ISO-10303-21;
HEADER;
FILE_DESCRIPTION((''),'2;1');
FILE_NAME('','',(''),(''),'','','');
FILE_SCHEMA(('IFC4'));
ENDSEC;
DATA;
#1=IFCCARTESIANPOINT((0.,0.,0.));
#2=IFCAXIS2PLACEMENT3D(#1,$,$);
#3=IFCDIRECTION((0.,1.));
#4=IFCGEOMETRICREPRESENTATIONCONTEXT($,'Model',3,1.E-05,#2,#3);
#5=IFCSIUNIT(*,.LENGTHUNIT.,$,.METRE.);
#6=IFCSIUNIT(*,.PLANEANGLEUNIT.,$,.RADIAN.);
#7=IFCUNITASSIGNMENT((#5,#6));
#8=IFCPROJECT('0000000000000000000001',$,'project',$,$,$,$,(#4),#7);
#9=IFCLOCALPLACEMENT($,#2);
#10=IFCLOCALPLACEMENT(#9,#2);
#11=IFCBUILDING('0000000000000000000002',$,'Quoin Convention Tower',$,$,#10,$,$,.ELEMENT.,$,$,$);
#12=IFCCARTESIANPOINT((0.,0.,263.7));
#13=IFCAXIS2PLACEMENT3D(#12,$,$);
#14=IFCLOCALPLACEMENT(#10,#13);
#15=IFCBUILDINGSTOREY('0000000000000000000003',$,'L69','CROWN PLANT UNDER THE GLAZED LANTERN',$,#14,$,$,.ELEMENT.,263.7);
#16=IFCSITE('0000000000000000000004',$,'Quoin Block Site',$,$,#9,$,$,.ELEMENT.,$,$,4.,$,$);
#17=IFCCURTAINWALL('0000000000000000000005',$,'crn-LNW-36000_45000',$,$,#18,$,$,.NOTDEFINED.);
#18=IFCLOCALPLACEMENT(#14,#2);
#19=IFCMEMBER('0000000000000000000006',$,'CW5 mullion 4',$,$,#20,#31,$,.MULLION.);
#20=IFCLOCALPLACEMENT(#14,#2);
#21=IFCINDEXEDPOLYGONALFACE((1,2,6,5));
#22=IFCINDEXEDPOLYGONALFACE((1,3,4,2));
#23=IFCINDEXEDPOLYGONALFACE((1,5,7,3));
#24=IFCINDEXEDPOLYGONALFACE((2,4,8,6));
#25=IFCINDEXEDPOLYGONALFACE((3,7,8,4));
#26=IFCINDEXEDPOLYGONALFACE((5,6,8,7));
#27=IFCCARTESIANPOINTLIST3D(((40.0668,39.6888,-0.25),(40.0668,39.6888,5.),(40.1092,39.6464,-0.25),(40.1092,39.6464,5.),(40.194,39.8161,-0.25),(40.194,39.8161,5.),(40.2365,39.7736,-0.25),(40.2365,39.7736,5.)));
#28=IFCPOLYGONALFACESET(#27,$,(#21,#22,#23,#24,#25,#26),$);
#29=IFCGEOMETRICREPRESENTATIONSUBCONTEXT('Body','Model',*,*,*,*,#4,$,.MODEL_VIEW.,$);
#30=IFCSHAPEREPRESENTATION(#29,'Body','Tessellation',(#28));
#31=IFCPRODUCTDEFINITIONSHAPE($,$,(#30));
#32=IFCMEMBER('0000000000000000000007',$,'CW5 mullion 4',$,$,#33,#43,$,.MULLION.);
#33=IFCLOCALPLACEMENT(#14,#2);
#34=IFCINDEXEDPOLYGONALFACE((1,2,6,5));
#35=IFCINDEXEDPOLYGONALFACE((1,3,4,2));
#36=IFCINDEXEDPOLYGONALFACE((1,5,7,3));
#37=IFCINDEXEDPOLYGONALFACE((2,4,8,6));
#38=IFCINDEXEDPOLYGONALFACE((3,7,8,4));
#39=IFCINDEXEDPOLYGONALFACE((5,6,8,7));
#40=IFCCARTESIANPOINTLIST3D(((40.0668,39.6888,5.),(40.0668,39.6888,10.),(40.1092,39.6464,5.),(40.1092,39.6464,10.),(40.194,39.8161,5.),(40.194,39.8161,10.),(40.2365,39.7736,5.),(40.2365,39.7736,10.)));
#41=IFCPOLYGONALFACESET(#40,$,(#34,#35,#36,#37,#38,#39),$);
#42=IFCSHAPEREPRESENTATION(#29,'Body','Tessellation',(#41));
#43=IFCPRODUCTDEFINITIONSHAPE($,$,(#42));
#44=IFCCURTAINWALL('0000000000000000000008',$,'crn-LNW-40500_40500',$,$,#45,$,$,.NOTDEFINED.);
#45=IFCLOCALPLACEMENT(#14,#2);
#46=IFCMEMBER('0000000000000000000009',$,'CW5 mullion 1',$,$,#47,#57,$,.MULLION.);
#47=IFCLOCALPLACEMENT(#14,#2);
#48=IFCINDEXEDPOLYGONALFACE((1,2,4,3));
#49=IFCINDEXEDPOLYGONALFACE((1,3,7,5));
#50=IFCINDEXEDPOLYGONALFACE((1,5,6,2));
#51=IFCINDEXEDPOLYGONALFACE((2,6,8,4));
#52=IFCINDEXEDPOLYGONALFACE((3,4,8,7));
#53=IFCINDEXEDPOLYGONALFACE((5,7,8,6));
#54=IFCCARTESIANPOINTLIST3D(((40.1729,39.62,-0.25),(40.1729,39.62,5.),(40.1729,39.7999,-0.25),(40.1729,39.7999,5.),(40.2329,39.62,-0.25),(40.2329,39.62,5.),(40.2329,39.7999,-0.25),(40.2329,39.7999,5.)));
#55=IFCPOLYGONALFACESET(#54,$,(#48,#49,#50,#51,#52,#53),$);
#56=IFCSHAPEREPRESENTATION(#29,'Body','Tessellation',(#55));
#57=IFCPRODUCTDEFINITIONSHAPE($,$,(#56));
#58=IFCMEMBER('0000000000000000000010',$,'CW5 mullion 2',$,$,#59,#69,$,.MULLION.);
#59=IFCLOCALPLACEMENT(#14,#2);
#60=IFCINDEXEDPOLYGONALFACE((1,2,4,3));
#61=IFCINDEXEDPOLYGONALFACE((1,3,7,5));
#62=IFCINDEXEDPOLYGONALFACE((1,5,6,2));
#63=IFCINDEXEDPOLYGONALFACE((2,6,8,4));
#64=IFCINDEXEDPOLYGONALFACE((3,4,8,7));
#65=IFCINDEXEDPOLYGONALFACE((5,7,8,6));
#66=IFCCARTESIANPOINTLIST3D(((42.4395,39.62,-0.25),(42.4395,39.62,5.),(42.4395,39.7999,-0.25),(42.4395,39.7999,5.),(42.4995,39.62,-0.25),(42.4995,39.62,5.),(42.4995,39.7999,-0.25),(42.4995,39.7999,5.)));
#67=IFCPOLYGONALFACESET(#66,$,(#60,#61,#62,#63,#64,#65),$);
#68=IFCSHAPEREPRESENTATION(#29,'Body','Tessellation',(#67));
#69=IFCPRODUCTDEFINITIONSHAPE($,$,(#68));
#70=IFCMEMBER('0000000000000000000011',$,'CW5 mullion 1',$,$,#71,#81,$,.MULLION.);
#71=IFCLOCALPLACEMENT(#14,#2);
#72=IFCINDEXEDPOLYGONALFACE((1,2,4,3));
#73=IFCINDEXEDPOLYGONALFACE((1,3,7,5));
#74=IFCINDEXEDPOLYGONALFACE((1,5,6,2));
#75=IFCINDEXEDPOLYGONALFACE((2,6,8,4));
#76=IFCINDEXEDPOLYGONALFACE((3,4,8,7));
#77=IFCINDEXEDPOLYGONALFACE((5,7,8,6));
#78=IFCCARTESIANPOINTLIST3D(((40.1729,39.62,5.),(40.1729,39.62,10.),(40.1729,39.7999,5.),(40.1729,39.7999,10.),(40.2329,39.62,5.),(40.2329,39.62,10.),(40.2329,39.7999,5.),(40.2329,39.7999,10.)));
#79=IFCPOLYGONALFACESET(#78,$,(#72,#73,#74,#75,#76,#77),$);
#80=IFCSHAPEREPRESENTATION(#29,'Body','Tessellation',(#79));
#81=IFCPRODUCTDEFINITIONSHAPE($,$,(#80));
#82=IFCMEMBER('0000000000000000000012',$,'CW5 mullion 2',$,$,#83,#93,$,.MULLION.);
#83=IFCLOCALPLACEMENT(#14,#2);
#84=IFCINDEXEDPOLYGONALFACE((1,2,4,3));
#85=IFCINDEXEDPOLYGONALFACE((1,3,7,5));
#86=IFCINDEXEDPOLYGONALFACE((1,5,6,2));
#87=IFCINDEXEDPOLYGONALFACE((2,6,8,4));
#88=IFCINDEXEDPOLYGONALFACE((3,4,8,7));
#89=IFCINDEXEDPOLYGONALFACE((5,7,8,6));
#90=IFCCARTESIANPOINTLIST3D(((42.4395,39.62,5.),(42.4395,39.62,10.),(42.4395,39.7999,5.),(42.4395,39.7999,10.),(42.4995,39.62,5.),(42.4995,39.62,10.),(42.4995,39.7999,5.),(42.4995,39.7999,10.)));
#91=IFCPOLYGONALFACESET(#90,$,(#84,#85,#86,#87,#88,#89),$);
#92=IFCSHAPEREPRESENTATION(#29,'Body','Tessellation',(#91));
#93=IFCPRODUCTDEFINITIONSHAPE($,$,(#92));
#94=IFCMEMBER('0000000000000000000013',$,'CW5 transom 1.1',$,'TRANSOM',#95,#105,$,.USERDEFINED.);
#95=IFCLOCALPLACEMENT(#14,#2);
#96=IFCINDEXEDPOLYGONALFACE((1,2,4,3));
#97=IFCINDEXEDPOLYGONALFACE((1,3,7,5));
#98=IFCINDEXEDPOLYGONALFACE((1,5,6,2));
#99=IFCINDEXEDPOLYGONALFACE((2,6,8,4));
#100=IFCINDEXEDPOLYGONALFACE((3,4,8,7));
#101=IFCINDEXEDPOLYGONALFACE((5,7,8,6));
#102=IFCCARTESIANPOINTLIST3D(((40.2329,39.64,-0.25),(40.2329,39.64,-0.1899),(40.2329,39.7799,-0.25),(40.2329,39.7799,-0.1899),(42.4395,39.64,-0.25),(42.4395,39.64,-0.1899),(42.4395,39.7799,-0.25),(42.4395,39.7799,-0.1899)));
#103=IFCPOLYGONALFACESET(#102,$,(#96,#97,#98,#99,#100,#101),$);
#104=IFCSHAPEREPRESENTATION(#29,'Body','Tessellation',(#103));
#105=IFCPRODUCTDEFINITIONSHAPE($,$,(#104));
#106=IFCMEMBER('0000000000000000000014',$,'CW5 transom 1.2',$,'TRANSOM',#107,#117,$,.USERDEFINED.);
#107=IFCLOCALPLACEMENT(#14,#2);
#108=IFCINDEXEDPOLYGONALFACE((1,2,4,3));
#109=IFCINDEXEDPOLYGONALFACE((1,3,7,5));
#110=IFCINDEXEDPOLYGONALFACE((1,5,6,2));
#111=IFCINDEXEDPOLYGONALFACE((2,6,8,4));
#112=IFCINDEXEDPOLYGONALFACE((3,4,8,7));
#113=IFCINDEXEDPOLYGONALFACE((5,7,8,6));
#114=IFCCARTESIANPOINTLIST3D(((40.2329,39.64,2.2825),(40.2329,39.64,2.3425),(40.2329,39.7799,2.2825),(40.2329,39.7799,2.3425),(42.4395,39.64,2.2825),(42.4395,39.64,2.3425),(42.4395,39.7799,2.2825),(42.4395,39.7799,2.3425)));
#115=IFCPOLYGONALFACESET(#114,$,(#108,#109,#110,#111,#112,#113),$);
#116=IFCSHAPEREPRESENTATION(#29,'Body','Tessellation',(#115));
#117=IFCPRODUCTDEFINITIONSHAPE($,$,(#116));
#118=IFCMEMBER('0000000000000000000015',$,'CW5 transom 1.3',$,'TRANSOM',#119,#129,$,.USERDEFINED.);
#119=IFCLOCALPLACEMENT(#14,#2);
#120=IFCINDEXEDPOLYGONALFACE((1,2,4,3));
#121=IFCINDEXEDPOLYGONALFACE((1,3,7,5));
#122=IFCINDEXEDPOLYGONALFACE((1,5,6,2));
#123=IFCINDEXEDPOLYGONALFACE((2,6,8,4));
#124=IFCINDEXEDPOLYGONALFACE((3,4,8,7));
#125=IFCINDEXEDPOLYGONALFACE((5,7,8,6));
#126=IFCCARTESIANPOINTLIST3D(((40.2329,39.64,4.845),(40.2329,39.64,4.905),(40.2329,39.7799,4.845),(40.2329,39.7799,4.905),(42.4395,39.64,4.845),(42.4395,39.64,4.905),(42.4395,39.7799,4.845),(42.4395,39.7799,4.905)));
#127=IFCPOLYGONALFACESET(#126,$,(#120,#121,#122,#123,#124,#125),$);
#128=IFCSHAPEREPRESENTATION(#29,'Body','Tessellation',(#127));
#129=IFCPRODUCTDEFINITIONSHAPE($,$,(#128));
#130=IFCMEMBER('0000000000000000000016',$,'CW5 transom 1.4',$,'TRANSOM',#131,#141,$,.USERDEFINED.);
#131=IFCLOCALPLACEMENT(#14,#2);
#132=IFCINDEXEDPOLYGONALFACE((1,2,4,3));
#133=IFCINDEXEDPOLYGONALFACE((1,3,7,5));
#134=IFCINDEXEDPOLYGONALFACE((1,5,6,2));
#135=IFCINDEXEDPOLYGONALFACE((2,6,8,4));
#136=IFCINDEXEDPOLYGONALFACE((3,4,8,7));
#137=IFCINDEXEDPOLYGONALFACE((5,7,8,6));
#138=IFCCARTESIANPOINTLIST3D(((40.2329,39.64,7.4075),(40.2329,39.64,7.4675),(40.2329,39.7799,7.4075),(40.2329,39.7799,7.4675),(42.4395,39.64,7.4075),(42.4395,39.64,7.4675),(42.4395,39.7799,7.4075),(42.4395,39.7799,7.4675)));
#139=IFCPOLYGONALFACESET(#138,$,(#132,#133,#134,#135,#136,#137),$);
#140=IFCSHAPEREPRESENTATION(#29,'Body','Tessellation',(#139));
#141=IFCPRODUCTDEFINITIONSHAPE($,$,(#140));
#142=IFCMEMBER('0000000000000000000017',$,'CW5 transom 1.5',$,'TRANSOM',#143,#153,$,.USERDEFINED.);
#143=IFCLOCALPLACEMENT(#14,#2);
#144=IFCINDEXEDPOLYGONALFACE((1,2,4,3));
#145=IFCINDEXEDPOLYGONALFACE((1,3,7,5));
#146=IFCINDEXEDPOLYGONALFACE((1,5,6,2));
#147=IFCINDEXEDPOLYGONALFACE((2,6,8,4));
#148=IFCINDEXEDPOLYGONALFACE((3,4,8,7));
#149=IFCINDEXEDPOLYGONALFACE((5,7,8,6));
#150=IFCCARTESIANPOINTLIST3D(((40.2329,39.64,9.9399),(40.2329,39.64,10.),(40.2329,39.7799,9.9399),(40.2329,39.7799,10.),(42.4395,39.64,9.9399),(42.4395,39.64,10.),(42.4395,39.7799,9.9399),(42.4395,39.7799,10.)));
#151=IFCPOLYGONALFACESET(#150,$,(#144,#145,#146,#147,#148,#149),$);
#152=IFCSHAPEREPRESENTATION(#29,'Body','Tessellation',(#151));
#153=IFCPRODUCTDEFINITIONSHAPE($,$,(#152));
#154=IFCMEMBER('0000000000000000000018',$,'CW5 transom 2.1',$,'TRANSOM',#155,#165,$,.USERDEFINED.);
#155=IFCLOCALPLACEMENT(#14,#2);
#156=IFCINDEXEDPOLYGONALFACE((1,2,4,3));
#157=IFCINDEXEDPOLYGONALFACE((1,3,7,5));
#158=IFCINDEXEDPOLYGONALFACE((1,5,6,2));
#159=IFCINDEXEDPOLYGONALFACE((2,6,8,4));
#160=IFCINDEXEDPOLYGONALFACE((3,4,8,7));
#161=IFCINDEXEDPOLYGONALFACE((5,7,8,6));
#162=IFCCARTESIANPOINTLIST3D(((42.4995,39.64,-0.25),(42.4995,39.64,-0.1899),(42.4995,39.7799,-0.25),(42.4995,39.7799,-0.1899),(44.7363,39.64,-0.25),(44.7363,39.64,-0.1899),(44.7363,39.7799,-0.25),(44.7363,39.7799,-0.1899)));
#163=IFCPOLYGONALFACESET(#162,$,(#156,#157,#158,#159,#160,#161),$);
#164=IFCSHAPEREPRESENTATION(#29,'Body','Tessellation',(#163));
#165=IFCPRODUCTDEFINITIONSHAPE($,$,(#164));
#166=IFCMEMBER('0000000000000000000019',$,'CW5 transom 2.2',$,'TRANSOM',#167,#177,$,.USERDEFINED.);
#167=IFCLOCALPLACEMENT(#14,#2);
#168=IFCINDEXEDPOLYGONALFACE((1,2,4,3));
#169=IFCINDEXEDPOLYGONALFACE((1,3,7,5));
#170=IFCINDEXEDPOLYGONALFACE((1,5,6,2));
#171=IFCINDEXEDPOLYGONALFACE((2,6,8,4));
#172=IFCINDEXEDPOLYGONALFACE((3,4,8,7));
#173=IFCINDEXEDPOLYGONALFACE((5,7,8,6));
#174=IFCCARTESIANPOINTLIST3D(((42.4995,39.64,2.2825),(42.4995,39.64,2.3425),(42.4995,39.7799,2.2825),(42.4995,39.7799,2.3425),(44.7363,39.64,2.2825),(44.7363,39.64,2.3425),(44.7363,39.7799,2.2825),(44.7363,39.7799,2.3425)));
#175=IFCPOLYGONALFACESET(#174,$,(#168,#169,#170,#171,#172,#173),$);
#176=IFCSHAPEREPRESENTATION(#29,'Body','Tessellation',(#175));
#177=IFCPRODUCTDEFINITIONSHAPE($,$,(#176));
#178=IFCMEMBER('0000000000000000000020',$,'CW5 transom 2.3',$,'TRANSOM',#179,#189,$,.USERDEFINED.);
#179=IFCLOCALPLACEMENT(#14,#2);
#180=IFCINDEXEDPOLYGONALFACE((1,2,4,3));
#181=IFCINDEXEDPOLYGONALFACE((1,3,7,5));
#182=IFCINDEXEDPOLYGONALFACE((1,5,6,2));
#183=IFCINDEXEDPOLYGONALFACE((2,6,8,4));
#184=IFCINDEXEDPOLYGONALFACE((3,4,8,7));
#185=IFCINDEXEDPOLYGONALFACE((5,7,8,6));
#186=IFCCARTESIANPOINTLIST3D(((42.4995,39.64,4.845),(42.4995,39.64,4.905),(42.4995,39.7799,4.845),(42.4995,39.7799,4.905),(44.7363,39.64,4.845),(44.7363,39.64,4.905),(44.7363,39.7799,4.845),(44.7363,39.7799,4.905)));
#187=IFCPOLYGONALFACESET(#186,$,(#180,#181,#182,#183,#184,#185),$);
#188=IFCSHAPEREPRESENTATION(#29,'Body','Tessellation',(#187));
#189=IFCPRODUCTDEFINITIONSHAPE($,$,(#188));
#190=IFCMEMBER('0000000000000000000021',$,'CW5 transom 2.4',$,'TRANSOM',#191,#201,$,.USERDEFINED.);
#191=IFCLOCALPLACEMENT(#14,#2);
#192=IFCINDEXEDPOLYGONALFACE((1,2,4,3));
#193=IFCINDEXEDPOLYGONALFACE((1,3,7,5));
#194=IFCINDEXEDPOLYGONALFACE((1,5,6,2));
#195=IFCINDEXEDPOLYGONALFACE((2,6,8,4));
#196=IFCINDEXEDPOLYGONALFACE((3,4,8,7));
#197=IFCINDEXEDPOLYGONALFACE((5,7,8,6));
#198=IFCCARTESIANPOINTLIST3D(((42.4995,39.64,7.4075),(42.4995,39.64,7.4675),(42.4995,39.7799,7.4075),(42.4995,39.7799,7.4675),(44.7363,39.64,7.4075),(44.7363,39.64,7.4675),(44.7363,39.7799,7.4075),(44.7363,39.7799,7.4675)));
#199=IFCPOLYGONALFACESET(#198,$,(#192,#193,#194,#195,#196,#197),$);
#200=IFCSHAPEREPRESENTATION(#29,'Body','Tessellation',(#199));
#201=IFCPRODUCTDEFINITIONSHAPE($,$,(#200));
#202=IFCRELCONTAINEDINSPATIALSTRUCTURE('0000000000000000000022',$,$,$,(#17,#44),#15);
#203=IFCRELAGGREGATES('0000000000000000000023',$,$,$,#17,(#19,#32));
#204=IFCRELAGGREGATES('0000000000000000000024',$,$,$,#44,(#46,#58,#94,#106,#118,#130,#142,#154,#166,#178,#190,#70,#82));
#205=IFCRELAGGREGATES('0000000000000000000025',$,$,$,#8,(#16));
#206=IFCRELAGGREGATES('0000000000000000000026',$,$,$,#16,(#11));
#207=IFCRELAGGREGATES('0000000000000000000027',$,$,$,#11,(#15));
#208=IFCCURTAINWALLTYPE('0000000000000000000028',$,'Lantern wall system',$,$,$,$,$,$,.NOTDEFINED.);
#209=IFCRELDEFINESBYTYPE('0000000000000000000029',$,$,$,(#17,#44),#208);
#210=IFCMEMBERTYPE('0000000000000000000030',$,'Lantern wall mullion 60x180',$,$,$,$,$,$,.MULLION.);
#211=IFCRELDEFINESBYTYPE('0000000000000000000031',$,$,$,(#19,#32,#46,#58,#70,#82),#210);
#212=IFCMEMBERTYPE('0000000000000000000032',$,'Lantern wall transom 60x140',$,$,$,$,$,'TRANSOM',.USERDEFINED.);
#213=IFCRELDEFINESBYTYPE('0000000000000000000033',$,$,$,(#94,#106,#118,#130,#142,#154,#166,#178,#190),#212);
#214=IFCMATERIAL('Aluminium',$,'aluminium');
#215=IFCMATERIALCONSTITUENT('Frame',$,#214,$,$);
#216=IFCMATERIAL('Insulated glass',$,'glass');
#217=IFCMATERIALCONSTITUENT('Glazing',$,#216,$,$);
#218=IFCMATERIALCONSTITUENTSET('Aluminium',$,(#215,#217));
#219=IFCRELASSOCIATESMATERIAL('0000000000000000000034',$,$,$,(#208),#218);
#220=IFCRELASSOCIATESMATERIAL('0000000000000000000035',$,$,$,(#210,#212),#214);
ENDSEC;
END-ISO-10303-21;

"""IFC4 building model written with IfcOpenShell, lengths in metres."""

from ifc_helpers import new_model, si_unit, direction, frame, origin, origin_2d, place, context, subcontext, project, spatial, rectangle, extrude, material, constituent, constituent_set, material_profile, profile_set, type_object, element, aggregate, save


model = new_model("IFC4")

# Units and contexts
model_context = context("Model", 3, precision=1e-05, world=origin(), true_north=direction((0.0, 1.0)))
body_context = subcontext(model_context, "Body", "Model", "MODEL_VIEW")
ifc_project = project(units=[si_unit("LENGTHUNIT", "METRE"), si_unit("PLANEANGLEUNIT", "RADIAN")], contexts=[model_context])

# Site, building, storey
site_placement = place(None, origin())
site = spatial("IfcSite", under=ifc_project, at=site_placement, Name="Quoin Block Site", CompositionType="ELEMENT", RefElevation=4.0)
building_placement = place(site_placement, origin())
building = spatial("IfcBuilding", under=site, at=building_placement, Name="Quoin Convention Tower", CompositionType="ELEMENT")
storey_placement = place(building_placement, frame((0.0, 0.0, 263.7)))
storey = spatial("IfcBuildingStorey", under=building, at=storey_placement, Name="L69", Description="CROWN PLANT UNDER THE GLAZED LANTERN", CompositionType="ELEMENT", Elevation=263.7)

# Curtain wall, members
ifc_material_1 = material(Name="Aluminium", Category="aluminium")
ifc_constituent_1 = constituent(ifc_material_1, Name="Frame")
ifc_material_2 = material(Name="Insulated glass", Category="glass")
ifc_constituent_2 = constituent(ifc_material_2, Name="Glazing")
ifc_constituent_set = constituent_set(constituents=[ifc_constituent_1, ifc_constituent_2], Name="Aluminium")
curtain_wall_type = type_object("IfcCurtainWallType", Name="Lantern wall system", PredefinedType="NOTDEFINED", material=ifc_constituent_set)
curtain_wall_1_placement = place(storey_placement, origin())
curtain_wall_1 = element("IfcCurtainWall", 1, at=curtain_wall_1_placement, inside=storey, type_object=curtain_wall_type, Name="crn-LNW-36000_45000", PredefinedType="NOTDEFINED")
ifc_material_profile_1 = material_profile(ifc_material_1, rectangle(XDim=0.1799, YDim=0.0601, at=origin_2d()), Name="Lantern wall mullion 60x180")
ifc_profile_set_1 = profile_set([ifc_material_profile_1], Name="Aluminium")
member_type_1 = type_object("IfcMemberType", Name="Lantern wall mullion 60x180", PredefinedType="MULLION", material=ifc_profile_set_1)
member_1_placement = place(storey_placement, frame((40.1516, 39.7312, -0.25), z_axis=(0.0, 0.0, 1.0), x_axis=(0.707107, 0.707107, 0.0)))
member_1 = element("IfcMember", 2, at=member_1_placement, type_object=member_type_1, Name="CW5 mullion 4", PredefinedType="MULLION", context=body_context, shape_type="SweptSolid", body=[
    extrude(rectangle(XDim=0.1799, YDim=0.0601, at=origin_2d()), origin(), (0.0, 0.0, 1.0), 5.25),
])
member_2_placement = place(storey_placement, frame((40.1516, 39.7312, 5.0), z_axis=(0.0, 0.0, 1.0), x_axis=(0.707107, 0.707107, 0.0)))
member_2 = element("IfcMember", 3, at=member_2_placement, type_object=member_type_1, Name="CW5 mullion 4", PredefinedType="MULLION", context=body_context, shape_type="SweptSolid", body=[
    extrude(rectangle(XDim=0.1799, YDim=0.0601, at=origin_2d()), origin(), (0.0, 0.0, 1.0), 5.0),
])
aggregate(curtain_wall_1, [member_1, member_2])

# Curtain wall, members
curtain_wall_2_placement = place(storey_placement, origin())
curtain_wall_2 = element("IfcCurtainWall", 4, at=curtain_wall_2_placement, inside=storey, type_object=curtain_wall_type, Name="crn-LNW-40500_40500", PredefinedType="NOTDEFINED")
member_3_placement = place(storey_placement, frame((40.2029, 39.71, -0.25), z_axis=(0.0, 0.0, 1.0), x_axis=(0.0, 1.0, 0.0)))
member_3 = element("IfcMember", 5, at=member_3_placement, type_object=member_type_1, Name="CW5 mullion 1", PredefinedType="MULLION", context=body_context, shape_type="SweptSolid", body=[
    extrude(rectangle(XDim=0.1799, YDim=0.0601, at=origin_2d()), origin(), (0.0, 0.0, 1.0), 5.25),
])
member_4_placement = place(storey_placement, frame((42.4695, 39.71, -0.25), z_axis=(0.0, 0.0, 1.0), x_axis=(0.0, 1.0, 0.0)))
member_4 = element("IfcMember", 6, at=member_4_placement, type_object=member_type_1, Name="CW5 mullion 2", PredefinedType="MULLION", context=body_context, shape_type="SweptSolid", body=[
    extrude(rectangle(XDim=0.1799, YDim=0.0601, at=origin_2d()), origin(), (0.0, 0.0, 1.0), 5.25),
])
member_5_placement = place(storey_placement, frame((40.2029, 39.71, 5.0), z_axis=(0.0, 0.0, 1.0), x_axis=(0.0, 1.0, 0.0)))
member_5 = element("IfcMember", 7, at=member_5_placement, type_object=member_type_1, Name="CW5 mullion 1", PredefinedType="MULLION", context=body_context, shape_type="SweptSolid", body=[
    extrude(rectangle(XDim=0.1799, YDim=0.0601, at=origin_2d()), origin(), (0.0, 0.0, 1.0), 5.0),
])
member_6_placement = place(storey_placement, frame((42.4695, 39.71, 5.0), z_axis=(0.0, 0.0, 1.0), x_axis=(0.0, 1.0, 0.0)))
member_6 = element("IfcMember", 8, at=member_6_placement, type_object=member_type_1, Name="CW5 mullion 2", PredefinedType="MULLION", context=body_context, shape_type="SweptSolid", body=[
    extrude(rectangle(XDim=0.1799, YDim=0.0601, at=origin_2d()), origin(), (0.0, 0.0, 1.0), 5.0),
])
ifc_material_profile_2 = material_profile(ifc_material_1, rectangle(XDim=0.1399, YDim=0.0601, at=origin_2d()), Name="Lantern wall transom 60x140")
ifc_profile_set_2 = profile_set([ifc_material_profile_2], Name="Aluminium")
member_type_2 = type_object("IfcMemberType", Name="Lantern wall transom 60x140", ElementType="TRANSOM", PredefinedType="USERDEFINED", material=ifc_profile_set_2)
member_7_placement = place(storey_placement, frame((40.2329, 39.71, -0.22), z_axis=(1.0, 0.0, 0.0), x_axis=(0.0, 1.0, 0.0)))
member_7 = element("IfcMember", 9, at=member_7_placement, type_object=member_type_2, Name="CW5 transom 1.1", ObjectType="TRANSOM", PredefinedType="USERDEFINED", context=body_context, shape_type="SweptSolid", body=[
    extrude(rectangle(XDim=0.1399, YDim=0.0601, at=origin_2d()), origin(), (0.0, 0.0, 1.0), 2.2065),
])
member_8_placement = place(storey_placement, frame((40.2329, 39.71, 2.3125), z_axis=(1.0, 0.0, 0.0), x_axis=(0.0, 1.0, 0.0)))
member_8 = element("IfcMember", 10, at=member_8_placement, type_object=member_type_2, Name="CW5 transom 1.2", ObjectType="TRANSOM", PredefinedType="USERDEFINED", context=body_context, shape_type="SweptSolid", body=[
    extrude(rectangle(XDim=0.1399, YDim=0.0601, at=origin_2d()), origin(), (0.0, 0.0, 1.0), 2.2065),
])
member_9_placement = place(storey_placement, frame((40.2329, 39.71, 4.875), z_axis=(1.0, 0.0, 0.0), x_axis=(0.0, 1.0, 0.0)))
member_9 = element("IfcMember", 11, at=member_9_placement, type_object=member_type_2, Name="CW5 transom 1.3", ObjectType="TRANSOM", PredefinedType="USERDEFINED", context=body_context, shape_type="SweptSolid", body=[
    extrude(rectangle(XDim=0.1399, YDim=0.0601, at=origin_2d()), origin(), (0.0, 0.0, 1.0), 2.2065),
])
member_10_placement = place(storey_placement, frame((40.2329, 39.71, 7.4375), z_axis=(1.0, 0.0, 0.0), x_axis=(0.0, 1.0, 0.0)))
member_10 = element("IfcMember", 12, at=member_10_placement, type_object=member_type_2, Name="CW5 transom 1.4", ObjectType="TRANSOM", PredefinedType="USERDEFINED", context=body_context, shape_type="SweptSolid", body=[
    extrude(rectangle(XDim=0.1399, YDim=0.0601, at=origin_2d()), origin(), (0.0, 0.0, 1.0), 2.2065),
])
member_11_placement = place(storey_placement, frame((40.2329, 39.71, 9.97), z_axis=(1.0, 0.0, 0.0), x_axis=(0.0, 1.0, 0.0)))
member_11 = element("IfcMember", 13, at=member_11_placement, type_object=member_type_2, Name="CW5 transom 1.5", ObjectType="TRANSOM", PredefinedType="USERDEFINED", context=body_context, shape_type="SweptSolid", body=[
    extrude(rectangle(XDim=0.1399, YDim=0.0601, at=origin_2d()), origin(), (0.0, 0.0, 1.0), 2.2065),
])
member_12_placement = place(storey_placement, frame((42.4995, 39.71, -0.22), z_axis=(1.0, 0.0, 0.0), x_axis=(0.0, 1.0, 0.0)))
member_12 = element("IfcMember", 14, at=member_12_placement, type_object=member_type_2, Name="CW5 transom 2.1", ObjectType="TRANSOM", PredefinedType="USERDEFINED", context=body_context, shape_type="SweptSolid", body=[
    extrude(rectangle(XDim=0.1399, YDim=0.0601, at=origin_2d()), origin(), (0.0, 0.0, 1.0), 2.2368),
])
member_13_placement = place(storey_placement, frame((42.4995, 39.71, 2.3125), z_axis=(1.0, 0.0, 0.0), x_axis=(0.0, 1.0, 0.0)))
member_13 = element("IfcMember", 15, at=member_13_placement, type_object=member_type_2, Name="CW5 transom 2.2", ObjectType="TRANSOM", PredefinedType="USERDEFINED", context=body_context, shape_type="SweptSolid", body=[
    extrude(rectangle(XDim=0.1399, YDim=0.0601, at=origin_2d()), origin(), (0.0, 0.0, 1.0), 2.2368),
])
member_14_placement = place(storey_placement, frame((42.4995, 39.71, 4.875), z_axis=(1.0, 0.0, 0.0), x_axis=(0.0, 1.0, 0.0)))
member_14 = element("IfcMember", 16, at=member_14_placement, type_object=member_type_2, Name="CW5 transom 2.3", ObjectType="TRANSOM", PredefinedType="USERDEFINED", context=body_context, shape_type="SweptSolid", body=[
    extrude(rectangle(XDim=0.1399, YDim=0.0601, at=origin_2d()), origin(), (0.0, 0.0, 1.0), 2.2368),
])
member_15_placement = place(storey_placement, frame((42.4995, 39.71, 7.4375), z_axis=(1.0, 0.0, 0.0), x_axis=(0.0, 1.0, 0.0)))
member_15 = element("IfcMember", 17, at=member_15_placement, type_object=member_type_2, Name="CW5 transom 2.4", ObjectType="TRANSOM", PredefinedType="USERDEFINED", context=body_context, shape_type="SweptSolid", body=[
    extrude(rectangle(XDim=0.1399, YDim=0.0601, at=origin_2d()), origin(), (0.0, 0.0, 1.0), 2.2368),
])
aggregate(curtain_wall_2, [member_3, member_4, member_7, member_8, member_9, member_10, member_11, member_12, member_13, member_14, member_15, member_5, member_6])

save(model, "model.ifc")
